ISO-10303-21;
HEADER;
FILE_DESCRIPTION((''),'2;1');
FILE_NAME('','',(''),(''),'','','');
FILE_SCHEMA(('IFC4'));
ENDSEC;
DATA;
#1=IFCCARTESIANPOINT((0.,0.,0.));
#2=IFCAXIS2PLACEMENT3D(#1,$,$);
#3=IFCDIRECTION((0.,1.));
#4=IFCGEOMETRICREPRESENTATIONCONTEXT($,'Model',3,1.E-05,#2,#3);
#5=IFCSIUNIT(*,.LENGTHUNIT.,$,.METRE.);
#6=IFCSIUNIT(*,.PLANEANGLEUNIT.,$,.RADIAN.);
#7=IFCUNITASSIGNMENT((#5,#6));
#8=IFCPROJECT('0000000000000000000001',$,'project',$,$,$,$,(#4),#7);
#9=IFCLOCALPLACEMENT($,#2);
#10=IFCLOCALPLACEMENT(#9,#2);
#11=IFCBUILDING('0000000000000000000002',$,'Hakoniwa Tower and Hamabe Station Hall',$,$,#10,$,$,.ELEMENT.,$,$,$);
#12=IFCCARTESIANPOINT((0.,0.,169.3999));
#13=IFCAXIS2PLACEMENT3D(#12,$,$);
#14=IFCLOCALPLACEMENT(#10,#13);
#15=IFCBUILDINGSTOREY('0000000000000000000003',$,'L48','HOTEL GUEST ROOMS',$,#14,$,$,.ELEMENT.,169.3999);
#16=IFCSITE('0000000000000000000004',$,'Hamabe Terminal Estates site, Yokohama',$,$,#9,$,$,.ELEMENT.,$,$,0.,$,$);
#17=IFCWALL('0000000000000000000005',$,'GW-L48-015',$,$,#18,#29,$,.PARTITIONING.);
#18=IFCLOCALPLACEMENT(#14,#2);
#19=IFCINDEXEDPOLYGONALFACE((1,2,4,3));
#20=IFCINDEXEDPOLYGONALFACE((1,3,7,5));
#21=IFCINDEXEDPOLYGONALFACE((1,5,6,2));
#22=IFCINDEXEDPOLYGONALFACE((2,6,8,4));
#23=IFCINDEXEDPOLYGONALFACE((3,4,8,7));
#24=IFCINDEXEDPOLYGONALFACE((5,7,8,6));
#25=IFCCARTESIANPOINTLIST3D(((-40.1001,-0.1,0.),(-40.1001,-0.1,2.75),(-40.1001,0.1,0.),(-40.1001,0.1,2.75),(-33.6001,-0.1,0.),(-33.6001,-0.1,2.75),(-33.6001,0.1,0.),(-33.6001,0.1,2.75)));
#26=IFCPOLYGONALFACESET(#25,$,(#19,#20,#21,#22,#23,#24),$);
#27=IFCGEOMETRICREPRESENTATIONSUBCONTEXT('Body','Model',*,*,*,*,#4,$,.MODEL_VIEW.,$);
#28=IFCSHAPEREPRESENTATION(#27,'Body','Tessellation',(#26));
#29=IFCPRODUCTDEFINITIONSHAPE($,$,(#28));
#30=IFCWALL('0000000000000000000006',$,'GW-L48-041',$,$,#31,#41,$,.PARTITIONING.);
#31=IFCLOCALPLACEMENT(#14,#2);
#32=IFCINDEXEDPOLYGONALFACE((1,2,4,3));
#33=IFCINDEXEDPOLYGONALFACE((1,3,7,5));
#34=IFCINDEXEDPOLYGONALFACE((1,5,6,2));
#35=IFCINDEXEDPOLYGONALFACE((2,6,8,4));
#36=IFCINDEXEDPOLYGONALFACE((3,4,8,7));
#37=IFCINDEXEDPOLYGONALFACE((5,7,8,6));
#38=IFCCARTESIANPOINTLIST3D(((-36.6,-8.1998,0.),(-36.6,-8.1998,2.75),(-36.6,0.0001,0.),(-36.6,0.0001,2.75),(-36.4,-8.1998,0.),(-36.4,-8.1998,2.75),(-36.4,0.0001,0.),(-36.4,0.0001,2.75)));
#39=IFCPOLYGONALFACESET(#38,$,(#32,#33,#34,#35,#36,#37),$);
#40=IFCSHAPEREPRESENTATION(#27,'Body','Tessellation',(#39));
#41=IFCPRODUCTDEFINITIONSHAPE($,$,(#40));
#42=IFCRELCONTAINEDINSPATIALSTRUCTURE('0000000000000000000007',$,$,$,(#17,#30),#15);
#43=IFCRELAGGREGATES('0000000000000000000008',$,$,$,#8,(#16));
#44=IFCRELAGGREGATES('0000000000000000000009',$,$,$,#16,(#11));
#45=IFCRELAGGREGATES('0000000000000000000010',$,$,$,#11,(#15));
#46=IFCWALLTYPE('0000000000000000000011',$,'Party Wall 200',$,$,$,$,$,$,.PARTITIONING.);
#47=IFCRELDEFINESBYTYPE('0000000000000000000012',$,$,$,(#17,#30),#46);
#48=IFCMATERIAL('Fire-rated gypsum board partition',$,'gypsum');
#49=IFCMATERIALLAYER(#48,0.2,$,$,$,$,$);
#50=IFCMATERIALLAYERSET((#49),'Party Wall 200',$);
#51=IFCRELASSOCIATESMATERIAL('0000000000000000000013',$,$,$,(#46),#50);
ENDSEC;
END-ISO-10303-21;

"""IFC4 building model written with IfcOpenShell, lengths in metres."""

from ifc_helpers import new_model, si_unit, direction, frame, frame_2d, origin, place, context, subcontext, project, spatial, rectangle, extrude, material, layer, layer_set, type_object, element, save


model = new_model("IFC4")

# Units and contexts
model_context = context("Model", 3, precision=1e-05, world=origin(), true_north=direction((0.0, 1.0)))
body_context = subcontext(model_context, "Body", "Model", "MODEL_VIEW")
ifc_project = project(units=[si_unit("LENGTHUNIT", "METRE"), si_unit("PLANEANGLEUNIT", "RADIAN")], contexts=[model_context])

# Site, building, storey
site_placement = place(None, origin())
site = spatial("IfcSite", under=ifc_project, at=site_placement, Name="Hamabe Terminal Estates site, Yokohama", CompositionType="ELEMENT", RefElevation=0.0)
building_placement = place(site_placement, origin())
building = spatial("IfcBuilding", under=site, at=building_placement, Name="Hakoniwa Tower and Hamabe Station Hall", CompositionType="ELEMENT")
storey_placement = place(building_placement, frame((0.0, 0.0, 169.3999)))
storey = spatial("IfcBuildingStorey", under=building, at=storey_placement, Name="L48", Description="HOTEL GUEST ROOMS", CompositionType="ELEMENT", Elevation=169.3999)

# Walls
ifc_material_1 = material(Name="Fire-rated gypsum board partition", Category="gypsum")
ifc_layer_1 = layer(ifc_material_1, 0.2)
ifc_layer_set_1 = layer_set([ifc_layer_1], Name="Party Wall 200")
wall_type_1 = type_object("IfcWallType", Name="Party Wall 200", PredefinedType="PARTITIONING", material=ifc_layer_set_1)
wall_1_placement = place(storey_placement, frame((-40.1001, 0.0, 0.0), z_axis=(0.0, 0.0, 1.0), x_axis=(1.0, 0.0, 0.0)))
element("IfcWall", 1, at=wall_1_placement, inside=storey, type_object=wall_type_1, Name="GW-L48-015", PredefinedType="PARTITIONING", context=body_context, shape_type="SweptSolid", body=[
    extrude(rectangle(XDim=6.5, YDim=0.2, at=frame_2d((3.25, 0.0))), origin(), (0.0, 0.0, 1.0), 2.75),
])
wall_2_placement = place(storey_placement, frame((-36.5, -8.2, 0.0), z_axis=(0.0, 0.0, 1.0), x_axis=(0.0, 1.0, 0.0)))
element("IfcWall", 2, at=wall_2_placement, inside=storey, type_object=wall_type_1, Name="GW-L48-041", PredefinedType="PARTITIONING", context=body_context, shape_type="SweptSolid", body=[
    extrude(rectangle(XDim=8.2, YDim=0.2, at=frame_2d((4.1001, 0.0))), origin(), (0.0, 0.0, 1.0), 2.75),
])

save(model, "model.ifc")
